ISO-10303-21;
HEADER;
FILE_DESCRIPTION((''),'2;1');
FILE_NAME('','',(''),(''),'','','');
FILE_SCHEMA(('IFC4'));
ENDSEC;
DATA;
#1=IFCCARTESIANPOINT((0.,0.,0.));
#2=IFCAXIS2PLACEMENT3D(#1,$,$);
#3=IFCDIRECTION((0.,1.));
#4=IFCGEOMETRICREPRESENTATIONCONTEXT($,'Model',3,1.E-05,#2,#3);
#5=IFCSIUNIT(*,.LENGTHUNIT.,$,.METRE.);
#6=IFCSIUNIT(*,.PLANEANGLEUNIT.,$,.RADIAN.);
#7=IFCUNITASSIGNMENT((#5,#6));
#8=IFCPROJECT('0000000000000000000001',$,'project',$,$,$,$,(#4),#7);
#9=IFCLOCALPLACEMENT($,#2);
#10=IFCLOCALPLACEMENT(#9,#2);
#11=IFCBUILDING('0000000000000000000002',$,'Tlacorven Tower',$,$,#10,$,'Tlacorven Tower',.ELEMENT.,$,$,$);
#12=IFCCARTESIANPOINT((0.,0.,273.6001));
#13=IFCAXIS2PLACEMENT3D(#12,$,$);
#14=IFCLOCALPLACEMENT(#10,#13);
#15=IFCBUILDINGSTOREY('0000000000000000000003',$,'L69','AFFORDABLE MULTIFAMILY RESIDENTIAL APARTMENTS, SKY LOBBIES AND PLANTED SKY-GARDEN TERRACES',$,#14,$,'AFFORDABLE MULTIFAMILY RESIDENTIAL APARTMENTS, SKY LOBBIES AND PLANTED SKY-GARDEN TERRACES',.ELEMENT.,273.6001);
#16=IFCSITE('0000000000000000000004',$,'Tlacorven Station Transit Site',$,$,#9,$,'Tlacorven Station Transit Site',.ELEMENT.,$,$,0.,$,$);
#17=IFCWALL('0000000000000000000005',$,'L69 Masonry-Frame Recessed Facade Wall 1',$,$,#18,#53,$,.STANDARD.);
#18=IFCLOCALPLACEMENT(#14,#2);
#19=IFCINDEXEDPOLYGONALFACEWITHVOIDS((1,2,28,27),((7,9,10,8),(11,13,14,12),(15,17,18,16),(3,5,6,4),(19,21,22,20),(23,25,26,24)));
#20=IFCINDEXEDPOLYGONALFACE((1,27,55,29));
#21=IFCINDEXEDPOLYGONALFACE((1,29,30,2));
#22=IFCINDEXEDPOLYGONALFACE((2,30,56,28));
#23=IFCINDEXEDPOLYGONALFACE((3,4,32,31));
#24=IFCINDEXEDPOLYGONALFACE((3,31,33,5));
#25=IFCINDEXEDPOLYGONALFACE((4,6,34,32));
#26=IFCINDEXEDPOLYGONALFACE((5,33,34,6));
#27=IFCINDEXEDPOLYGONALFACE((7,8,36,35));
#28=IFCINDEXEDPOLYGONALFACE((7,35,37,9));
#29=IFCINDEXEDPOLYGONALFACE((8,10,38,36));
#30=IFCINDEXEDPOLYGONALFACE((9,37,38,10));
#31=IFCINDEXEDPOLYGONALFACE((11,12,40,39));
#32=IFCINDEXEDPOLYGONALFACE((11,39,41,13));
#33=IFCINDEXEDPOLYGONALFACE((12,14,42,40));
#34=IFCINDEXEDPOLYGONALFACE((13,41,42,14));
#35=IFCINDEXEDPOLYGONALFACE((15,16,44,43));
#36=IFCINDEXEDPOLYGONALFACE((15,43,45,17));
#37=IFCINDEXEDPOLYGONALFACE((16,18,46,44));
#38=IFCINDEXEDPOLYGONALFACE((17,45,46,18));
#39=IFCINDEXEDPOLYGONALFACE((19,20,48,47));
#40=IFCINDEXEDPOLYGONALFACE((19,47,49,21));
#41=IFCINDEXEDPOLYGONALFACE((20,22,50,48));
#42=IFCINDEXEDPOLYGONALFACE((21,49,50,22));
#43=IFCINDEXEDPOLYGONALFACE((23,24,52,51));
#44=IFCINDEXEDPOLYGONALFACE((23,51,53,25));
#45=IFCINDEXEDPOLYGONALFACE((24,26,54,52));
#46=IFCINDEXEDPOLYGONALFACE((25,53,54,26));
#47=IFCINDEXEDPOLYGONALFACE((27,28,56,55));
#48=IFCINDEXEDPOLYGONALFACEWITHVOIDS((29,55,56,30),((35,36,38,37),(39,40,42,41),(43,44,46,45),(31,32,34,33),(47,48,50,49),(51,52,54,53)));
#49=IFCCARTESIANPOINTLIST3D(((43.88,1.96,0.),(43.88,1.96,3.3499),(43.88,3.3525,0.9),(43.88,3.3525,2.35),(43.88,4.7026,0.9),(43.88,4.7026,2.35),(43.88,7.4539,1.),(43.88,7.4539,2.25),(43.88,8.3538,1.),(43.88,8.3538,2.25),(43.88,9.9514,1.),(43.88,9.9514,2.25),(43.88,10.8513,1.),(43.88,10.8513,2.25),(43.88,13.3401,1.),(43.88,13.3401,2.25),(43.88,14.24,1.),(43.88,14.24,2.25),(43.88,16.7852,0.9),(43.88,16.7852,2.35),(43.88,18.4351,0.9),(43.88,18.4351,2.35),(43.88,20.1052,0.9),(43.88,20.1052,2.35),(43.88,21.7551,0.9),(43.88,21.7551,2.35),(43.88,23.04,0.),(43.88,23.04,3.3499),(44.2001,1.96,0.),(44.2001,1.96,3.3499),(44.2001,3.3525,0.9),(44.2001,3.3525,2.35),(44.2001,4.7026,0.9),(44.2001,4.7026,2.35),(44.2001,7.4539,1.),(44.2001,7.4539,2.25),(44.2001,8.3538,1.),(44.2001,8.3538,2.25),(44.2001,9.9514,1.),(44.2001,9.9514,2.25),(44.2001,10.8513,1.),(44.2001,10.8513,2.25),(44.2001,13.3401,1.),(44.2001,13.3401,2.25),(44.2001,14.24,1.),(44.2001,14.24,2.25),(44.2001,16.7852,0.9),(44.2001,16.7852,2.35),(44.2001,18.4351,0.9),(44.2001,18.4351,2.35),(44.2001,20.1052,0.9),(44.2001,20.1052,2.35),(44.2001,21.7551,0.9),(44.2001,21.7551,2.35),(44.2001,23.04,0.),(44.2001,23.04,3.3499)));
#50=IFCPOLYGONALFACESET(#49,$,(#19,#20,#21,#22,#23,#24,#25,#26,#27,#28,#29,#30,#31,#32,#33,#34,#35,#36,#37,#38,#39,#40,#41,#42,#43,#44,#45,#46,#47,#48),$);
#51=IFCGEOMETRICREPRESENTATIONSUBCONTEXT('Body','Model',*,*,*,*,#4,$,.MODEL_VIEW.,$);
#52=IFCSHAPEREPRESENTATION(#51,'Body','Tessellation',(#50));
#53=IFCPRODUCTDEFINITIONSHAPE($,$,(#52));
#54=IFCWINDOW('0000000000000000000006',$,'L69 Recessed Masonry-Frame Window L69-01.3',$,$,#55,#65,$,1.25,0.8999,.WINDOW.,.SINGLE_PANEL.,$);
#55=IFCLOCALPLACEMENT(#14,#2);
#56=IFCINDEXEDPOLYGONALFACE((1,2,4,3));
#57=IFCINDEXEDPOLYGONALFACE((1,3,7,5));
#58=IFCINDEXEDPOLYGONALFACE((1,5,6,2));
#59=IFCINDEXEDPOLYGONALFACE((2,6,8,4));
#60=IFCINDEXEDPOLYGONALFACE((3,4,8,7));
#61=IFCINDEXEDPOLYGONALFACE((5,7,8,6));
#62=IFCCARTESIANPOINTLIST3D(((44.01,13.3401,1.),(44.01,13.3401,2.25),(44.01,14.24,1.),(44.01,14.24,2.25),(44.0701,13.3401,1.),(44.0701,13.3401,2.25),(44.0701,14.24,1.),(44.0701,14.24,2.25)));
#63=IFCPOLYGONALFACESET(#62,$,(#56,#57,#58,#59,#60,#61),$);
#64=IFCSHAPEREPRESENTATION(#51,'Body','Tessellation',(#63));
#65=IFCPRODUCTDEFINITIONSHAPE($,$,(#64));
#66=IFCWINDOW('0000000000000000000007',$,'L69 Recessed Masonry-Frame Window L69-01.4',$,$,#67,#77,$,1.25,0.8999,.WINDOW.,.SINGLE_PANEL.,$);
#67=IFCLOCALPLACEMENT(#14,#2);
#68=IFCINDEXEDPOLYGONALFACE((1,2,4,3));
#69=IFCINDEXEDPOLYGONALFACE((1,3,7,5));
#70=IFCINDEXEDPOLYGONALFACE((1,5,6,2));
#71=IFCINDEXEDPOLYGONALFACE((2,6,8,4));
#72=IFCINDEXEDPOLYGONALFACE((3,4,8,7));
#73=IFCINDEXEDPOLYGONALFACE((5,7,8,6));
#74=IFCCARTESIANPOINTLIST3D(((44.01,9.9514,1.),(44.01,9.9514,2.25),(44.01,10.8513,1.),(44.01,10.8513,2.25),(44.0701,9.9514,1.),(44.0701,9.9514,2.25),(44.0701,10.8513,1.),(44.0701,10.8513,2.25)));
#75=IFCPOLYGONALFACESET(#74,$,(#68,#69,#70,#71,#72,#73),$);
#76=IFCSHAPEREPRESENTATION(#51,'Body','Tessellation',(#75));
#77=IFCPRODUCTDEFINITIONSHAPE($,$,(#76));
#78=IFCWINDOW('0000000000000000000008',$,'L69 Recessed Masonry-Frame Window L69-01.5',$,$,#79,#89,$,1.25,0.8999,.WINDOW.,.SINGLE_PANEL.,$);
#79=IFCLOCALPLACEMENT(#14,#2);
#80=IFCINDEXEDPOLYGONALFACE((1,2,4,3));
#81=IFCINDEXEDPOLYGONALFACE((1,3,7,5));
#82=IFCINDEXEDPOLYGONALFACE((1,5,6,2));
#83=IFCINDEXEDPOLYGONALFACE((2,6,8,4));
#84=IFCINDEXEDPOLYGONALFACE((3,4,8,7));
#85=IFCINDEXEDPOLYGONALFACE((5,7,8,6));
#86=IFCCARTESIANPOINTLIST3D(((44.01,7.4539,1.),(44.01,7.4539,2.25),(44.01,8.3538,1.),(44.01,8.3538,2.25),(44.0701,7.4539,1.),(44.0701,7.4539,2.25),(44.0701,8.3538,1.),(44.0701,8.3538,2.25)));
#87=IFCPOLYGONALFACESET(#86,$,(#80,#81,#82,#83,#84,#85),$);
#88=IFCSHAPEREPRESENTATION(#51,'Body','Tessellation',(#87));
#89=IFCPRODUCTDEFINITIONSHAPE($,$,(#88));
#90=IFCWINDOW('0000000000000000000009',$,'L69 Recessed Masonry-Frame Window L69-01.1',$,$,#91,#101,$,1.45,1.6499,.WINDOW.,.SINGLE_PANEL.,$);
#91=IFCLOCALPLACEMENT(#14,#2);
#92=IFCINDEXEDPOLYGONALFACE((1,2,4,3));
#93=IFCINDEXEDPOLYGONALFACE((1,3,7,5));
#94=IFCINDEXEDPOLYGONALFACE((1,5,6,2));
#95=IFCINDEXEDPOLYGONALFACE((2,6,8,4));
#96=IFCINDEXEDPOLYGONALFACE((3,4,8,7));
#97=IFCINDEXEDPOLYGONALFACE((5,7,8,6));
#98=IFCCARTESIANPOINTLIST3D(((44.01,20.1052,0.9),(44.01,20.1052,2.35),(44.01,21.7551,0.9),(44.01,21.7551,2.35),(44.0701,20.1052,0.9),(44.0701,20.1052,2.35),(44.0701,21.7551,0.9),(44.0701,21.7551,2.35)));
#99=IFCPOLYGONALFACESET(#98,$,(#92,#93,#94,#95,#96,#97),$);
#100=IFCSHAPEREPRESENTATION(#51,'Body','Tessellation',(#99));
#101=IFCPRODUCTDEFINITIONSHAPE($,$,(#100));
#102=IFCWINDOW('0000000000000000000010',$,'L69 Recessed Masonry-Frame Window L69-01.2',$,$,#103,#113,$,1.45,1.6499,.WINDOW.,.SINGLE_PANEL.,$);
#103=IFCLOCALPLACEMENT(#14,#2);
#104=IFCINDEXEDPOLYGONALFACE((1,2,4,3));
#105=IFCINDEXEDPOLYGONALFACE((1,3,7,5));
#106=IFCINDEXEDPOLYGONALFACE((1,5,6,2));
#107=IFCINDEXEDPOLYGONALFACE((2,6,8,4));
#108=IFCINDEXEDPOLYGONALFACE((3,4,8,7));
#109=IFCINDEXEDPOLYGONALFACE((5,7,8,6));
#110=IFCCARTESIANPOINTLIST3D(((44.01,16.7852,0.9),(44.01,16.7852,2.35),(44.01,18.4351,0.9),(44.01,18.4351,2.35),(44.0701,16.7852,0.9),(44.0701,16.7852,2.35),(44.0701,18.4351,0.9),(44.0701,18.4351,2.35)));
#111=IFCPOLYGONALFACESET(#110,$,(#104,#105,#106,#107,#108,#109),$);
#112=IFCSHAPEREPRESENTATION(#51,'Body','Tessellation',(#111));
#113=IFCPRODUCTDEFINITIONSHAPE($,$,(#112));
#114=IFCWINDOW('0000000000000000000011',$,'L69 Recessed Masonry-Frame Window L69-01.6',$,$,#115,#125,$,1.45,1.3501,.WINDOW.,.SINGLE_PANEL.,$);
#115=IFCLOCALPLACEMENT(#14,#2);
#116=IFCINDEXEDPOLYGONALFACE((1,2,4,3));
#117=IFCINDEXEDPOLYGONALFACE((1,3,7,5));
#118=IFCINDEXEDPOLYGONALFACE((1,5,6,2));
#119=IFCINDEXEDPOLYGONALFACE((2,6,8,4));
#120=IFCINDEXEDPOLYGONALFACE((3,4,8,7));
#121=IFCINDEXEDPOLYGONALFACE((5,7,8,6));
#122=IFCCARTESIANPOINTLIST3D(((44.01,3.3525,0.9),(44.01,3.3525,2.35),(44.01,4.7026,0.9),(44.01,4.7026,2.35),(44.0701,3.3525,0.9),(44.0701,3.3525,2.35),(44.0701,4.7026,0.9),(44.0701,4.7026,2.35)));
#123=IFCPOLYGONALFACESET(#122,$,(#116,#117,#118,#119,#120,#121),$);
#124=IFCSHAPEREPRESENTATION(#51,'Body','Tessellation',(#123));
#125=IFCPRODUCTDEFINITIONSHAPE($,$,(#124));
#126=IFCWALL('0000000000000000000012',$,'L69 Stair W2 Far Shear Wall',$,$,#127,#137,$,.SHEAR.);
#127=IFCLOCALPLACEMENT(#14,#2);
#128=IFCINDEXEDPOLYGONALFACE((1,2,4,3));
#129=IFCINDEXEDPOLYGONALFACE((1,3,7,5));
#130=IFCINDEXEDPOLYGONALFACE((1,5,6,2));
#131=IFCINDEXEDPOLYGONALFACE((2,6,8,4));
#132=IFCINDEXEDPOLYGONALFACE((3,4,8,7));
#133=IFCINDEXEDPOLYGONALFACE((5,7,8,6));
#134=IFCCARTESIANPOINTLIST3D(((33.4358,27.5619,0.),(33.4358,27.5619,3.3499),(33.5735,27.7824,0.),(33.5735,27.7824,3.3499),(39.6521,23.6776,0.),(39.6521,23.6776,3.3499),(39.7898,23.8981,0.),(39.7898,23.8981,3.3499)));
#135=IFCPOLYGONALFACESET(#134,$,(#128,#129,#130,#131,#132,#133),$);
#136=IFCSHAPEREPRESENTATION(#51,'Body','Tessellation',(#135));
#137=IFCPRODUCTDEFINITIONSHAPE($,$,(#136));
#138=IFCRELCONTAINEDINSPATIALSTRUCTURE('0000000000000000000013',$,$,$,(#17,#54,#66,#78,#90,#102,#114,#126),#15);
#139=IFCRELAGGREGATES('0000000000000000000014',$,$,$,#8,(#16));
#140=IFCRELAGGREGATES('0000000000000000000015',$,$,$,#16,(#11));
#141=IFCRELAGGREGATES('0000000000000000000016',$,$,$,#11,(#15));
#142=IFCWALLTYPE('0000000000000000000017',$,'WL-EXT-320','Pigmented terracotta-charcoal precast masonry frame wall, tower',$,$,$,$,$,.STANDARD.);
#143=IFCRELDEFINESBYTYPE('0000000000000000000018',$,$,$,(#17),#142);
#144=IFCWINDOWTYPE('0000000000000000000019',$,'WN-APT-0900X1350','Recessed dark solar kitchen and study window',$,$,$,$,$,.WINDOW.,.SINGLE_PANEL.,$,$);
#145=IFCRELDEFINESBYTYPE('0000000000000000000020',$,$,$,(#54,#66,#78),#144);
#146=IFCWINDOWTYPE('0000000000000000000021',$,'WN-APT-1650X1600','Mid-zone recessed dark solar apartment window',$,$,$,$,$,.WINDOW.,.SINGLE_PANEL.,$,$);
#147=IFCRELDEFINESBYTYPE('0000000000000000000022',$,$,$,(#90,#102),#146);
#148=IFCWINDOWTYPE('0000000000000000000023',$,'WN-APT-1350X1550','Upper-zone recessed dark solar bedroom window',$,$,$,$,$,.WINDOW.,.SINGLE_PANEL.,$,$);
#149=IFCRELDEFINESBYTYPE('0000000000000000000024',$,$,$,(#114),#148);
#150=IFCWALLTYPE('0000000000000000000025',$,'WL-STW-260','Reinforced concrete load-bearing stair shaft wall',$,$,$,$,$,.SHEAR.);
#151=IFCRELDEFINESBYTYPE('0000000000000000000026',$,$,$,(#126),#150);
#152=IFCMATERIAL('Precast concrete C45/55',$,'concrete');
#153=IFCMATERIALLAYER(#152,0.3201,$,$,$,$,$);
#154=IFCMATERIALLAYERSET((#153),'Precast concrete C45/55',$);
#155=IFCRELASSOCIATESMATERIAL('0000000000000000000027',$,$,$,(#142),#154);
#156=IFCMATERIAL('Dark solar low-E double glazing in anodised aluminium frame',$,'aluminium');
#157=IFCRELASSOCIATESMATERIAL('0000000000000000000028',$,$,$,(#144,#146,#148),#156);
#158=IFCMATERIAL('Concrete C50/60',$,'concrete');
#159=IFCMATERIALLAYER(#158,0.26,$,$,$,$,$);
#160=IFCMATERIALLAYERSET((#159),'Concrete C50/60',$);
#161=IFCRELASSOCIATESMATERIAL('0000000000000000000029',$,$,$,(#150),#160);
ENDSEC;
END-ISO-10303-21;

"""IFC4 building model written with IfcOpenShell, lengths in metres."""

from ifc_helpers import new_model, si_unit, direction, frame, frame_2d, origin, place, context, subcontext, project, spatial, rectangle, extrude, source, transform, mapped, material, layer, layer_set, type_object, element, fill, save


model = new_model("IFC4")

# Units and contexts
model_context = context("Model", 3, precision=1e-05, world=origin(), true_north=direction((0.0, 1.0)))
body_context = subcontext(model_context, "Body", "Model", "MODEL_VIEW")
ifc_project = project(units=[si_unit("LENGTHUNIT", "METRE"), si_unit("PLANEANGLEUNIT", "RADIAN")], contexts=[model_context])

# Site, building, storey
site_placement = place(None, origin())
site = spatial("IfcSite", under=ifc_project, at=site_placement, Name="Tlacorven Station Transit Site", LongName="Tlacorven Station Transit Site", CompositionType="ELEMENT", RefElevation=0.0)
building_placement = place(site_placement, origin())
building = spatial("IfcBuilding", under=site, at=building_placement, Name="Tlacorven Tower", LongName="Tlacorven Tower", CompositionType="ELEMENT")
storey_placement = place(building_placement, frame((0.0, 0.0, 273.6001)))
storey = spatial("IfcBuildingStorey", under=building, at=storey_placement, Name="L69", Description="AFFORDABLE MULTIFAMILY RESIDENTIAL APARTMENTS, SKY LOBBIES AND PLANTED SKY-GARDEN TERRACES", LongName="AFFORDABLE MULTIFAMILY RESIDENTIAL APARTMENTS, SKY LOBBIES AND PLANTED SKY-GARDEN TERRACES", CompositionType="ELEMENT", Elevation=273.6001)

# Shared definitions
ifc_material_1 = material(Name="Concrete C50/60", Category="concrete")

# Wall, openings, windows
ifc_material_2 = material(Name="Precast concrete C45/55", Category="concrete")
ifc_layer_1 = layer(ifc_material_2, 0.3201)
ifc_layer_set_1 = layer_set([ifc_layer_1], Name="Precast concrete C45/55")
wall_type_1 = type_object("IfcWallType", Name="WL-EXT-320", Description="Pigmented terracotta-charcoal precast masonry frame wall, tower", PredefinedType="STANDARD", material=ifc_layer_set_1)
wall_1_placement = place(storey_placement, frame((44.04, 23.04, 0.0), z_axis=(0.0, 0.0, 1.0), x_axis=(0.0, -1.0, 0.0)))
wall_1 = element("IfcWall", 1, at=wall_1_placement, inside=storey, type_object=wall_type_1, Name="L69 Masonry-Frame Recessed Facade Wall 1", PredefinedType="STANDARD", context=body_context, shape_type="SweptSolid", body=[
    extrude(rectangle(XDim=21.0801, YDim=0.3201, at=frame_2d((10.54, 0.0))), origin(), (0.0, 0.0, 1.0), 3.3499),
])
opening_1_placement = place(wall_1_placement, frame((1.2849, 0.0, 0.8999)))
opening_1 = element("IfcOpeningElement", 2, at=opening_1_placement, cuts=wall_1, PredefinedType="OPENING", context=body_context, shape_type="SweptSolid", body=[
    extrude(rectangle(XDim=1.6499, YDim=1.45, at=frame_2d((0.825, 0.7251))), frame((0.0, 0.1699, 0.0), z_axis=(0.0, -1.0, 0.0), x_axis=(1.0, 0.0, 0.0)), (0.0, 0.0, 1.0), 0.3401),
])
opening_2_placement = place(wall_1_placement, frame((4.605, 0.0, 0.8999)))
opening_2 = element("IfcOpeningElement", 3, at=opening_2_placement, cuts=wall_1, PredefinedType="OPENING", context=body_context, shape_type="SweptSolid", body=[
    extrude(rectangle(XDim=1.6499, YDim=1.45, at=frame_2d((0.825, 0.7251))), frame((0.0, 0.1699, 0.0), z_axis=(0.0, -1.0, 0.0), x_axis=(1.0, 0.0, 0.0)), (0.0, 0.0, 1.0), 0.3401),
])
opening_3_placement = place(wall_1_placement, frame((8.8, 0.0, 1.0)))
opening_3 = element("IfcOpeningElement", 4, at=opening_3_placement, cuts=wall_1, PredefinedType="OPENING", context=body_context, shape_type="SweptSolid", body=[
    extrude(rectangle(XDim=0.8999, YDim=1.25, at=frame_2d((0.45, 0.625))), frame((0.0, 0.1699, 0.0), z_axis=(0.0, -1.0, 0.0), x_axis=(1.0, 0.0, 0.0)), (0.0, 0.0, 1.0), 0.3401),
])
opening_4_placement = place(wall_1_placement, frame((12.1887, 0.0, 1.0)))
opening_4 = element("IfcOpeningElement", 5, at=opening_4_placement, cuts=wall_1, PredefinedType="OPENING", context=body_context, shape_type="SweptSolid", body=[
    extrude(rectangle(XDim=0.8999, YDim=1.25, at=frame_2d((0.45, 0.625))), frame((0.0, 0.1699, 0.0), z_axis=(0.0, -1.0, 0.0), x_axis=(1.0, 0.0, 0.0)), (0.0, 0.0, 1.0), 0.3401),
])
opening_5_placement = place(wall_1_placement, frame((14.6863, 0.0, 1.0)))
opening_5 = element("IfcOpeningElement", 6, at=opening_5_placement, cuts=wall_1, PredefinedType="OPENING", context=body_context, shape_type="SweptSolid", body=[
    extrude(rectangle(XDim=0.8999, YDim=1.25, at=frame_2d((0.45, 0.625))), frame((0.0, 0.1699, 0.0), z_axis=(0.0, -1.0, 0.0), x_axis=(1.0, 0.0, 0.0)), (0.0, 0.0, 1.0), 0.3401),
])
opening_6_placement = place(wall_1_placement, frame((18.3374, 0.0, 0.8999)))
opening_6 = element("IfcOpeningElement", 7, at=opening_6_placement, cuts=wall_1, PredefinedType="OPENING", context=body_context, shape_type="SweptSolid", body=[
    extrude(rectangle(XDim=1.3501, YDim=1.45, at=frame_2d((0.675, 0.7251))), frame((0.0, 0.1699, 0.0), z_axis=(0.0, -1.0, 0.0), x_axis=(1.0, 0.0, 0.0)), (0.0, 0.0, 1.0), 0.3401),
])
ifc_material_3 = material(Name="Dark solar low-E double glazing in anodised aluminium frame", Category="aluminium")
window_type_1 = type_object("IfcWindowType", Name="WN-APT-0900X1350", Description="Recessed dark solar kitchen and study window", PartitioningType="SINGLE_PANEL", PredefinedType="WINDOW", material=ifc_material_3)
shared_shape_1 = source(origin(), body_context, "Body", "SweptSolid", [
    extrude(rectangle(XDim=0.8999, YDim=1.25, at=frame_2d((0.45, 0.625))), frame((0.0, 0.03, 0.0), z_axis=(0.0, -1.0, 0.0), x_axis=(1.0, 0.0, 0.0)), (0.0, 0.0, 1.0), 0.0601),
])
window_1_placement = place(opening_3_placement, origin())
window_1 = element("IfcWindow", 8, at=window_1_placement, inside=storey, type_object=window_type_1, Name="L69 Recessed Masonry-Frame Window L69-01.3", OverallHeight=1.25, OverallWidth=0.8999, PartitioningType="SINGLE_PANEL", PredefinedType="WINDOW", context=body_context, shape_type="MappedRepresentation", body=[
    mapped(shared_shape_1, transform((0.0, 0.0, 0.0), scale=1.0)),
])
fill(opening_3, window_1)
window_2_placement = place(opening_4_placement, origin())
window_2 = element("IfcWindow", 9, at=window_2_placement, inside=storey, type_object=window_type_1, Name="L69 Recessed Masonry-Frame Window L69-01.4", OverallHeight=1.25, OverallWidth=0.8999, PartitioningType="SINGLE_PANEL", PredefinedType="WINDOW", context=body_context, shape_type="MappedRepresentation", body=[
    mapped(shared_shape_1, transform((0.0, 0.0, 0.0), scale=1.0)),
])
fill(opening_4, window_2)
window_3_placement = place(opening_5_placement, origin())
window_3 = element("IfcWindow", 10, at=window_3_placement, inside=storey, type_object=window_type_1, Name="L69 Recessed Masonry-Frame Window L69-01.5", OverallHeight=1.25, OverallWidth=0.8999, PartitioningType="SINGLE_PANEL", PredefinedType="WINDOW", context=body_context, shape_type="MappedRepresentation", body=[
    mapped(shared_shape_1, transform((0.0, 0.0, 0.0), scale=1.0)),
])
fill(opening_5, window_3)
window_type_2 = type_object("IfcWindowType", Name="WN-APT-1650X1600", Description="Mid-zone recessed dark solar apartment window", PartitioningType="SINGLE_PANEL", PredefinedType="WINDOW", material=ifc_material_3)
shared_shape_2 = source(origin(), body_context, "Body", "SweptSolid", [
    extrude(rectangle(XDim=1.6499, YDim=1.45, at=frame_2d((0.825, 0.7251))), frame((0.0, 0.03, 0.0), z_axis=(0.0, -1.0, 0.0), x_axis=(1.0, 0.0, 0.0)), (0.0, 0.0, 1.0), 0.0601),
])
window_4_placement = place(opening_1_placement, origin())
window_4 = element("IfcWindow", 11, at=window_4_placement, inside=storey, type_object=window_type_2, Name="L69 Recessed Masonry-Frame Window L69-01.1", OverallHeight=1.45, OverallWidth=1.6499, PartitioningType="SINGLE_PANEL", PredefinedType="WINDOW", context=body_context, shape_type="MappedRepresentation", body=[
    mapped(shared_shape_2, transform((0.0, 0.0, 0.0), scale=1.0)),
])
fill(opening_1, window_4)
window_5_placement = place(opening_2_placement, origin())
window_5 = element("IfcWindow", 12, at=window_5_placement, inside=storey, type_object=window_type_2, Name="L69 Recessed Masonry-Frame Window L69-01.2", OverallHeight=1.45, OverallWidth=1.6499, PartitioningType="SINGLE_PANEL", PredefinedType="WINDOW", context=body_context, shape_type="MappedRepresentation", body=[
    mapped(shared_shape_2, transform((0.0, 0.0, 0.0), scale=1.0)),
])
fill(opening_2, window_5)
window_type_3 = type_object("IfcWindowType", Name="WN-APT-1350X1550", Description="Upper-zone recessed dark solar bedroom window", PartitioningType="SINGLE_PANEL", PredefinedType="WINDOW", material=ifc_material_3)
shared_shape_3 = source(origin(), body_context, "Body", "SweptSolid", [
    extrude(rectangle(XDim=1.3501, YDim=1.45, at=frame_2d((0.675, 0.7251))), frame((0.0, 0.03, 0.0), z_axis=(0.0, -1.0, 0.0), x_axis=(1.0, 0.0, 0.0)), (0.0, 0.0, 1.0), 0.0601),
])
window_6_placement = place(opening_6_placement, origin())
window_6 = element("IfcWindow", 13, at=window_6_placement, inside=storey, type_object=window_type_3, Name="L69 Recessed Masonry-Frame Window L69-01.6", OverallHeight=1.45, OverallWidth=1.3501, PartitioningType="SINGLE_PANEL", PredefinedType="WINDOW", context=body_context, shape_type="MappedRepresentation", body=[
    mapped(shared_shape_3, transform((0.0, 0.0, 0.0), scale=1.0)),
])
fill(opening_6, window_6)

# Wall
ifc_layer_2 = layer(ifc_material_1, 0.26)
ifc_layer_set_2 = layer_set([ifc_layer_2], Name="Concrete C50/60")
wall_type_2 = type_object("IfcWallType", Name="WL-STW-260", Description="Reinforced concrete load-bearing stair shaft wall", PredefinedType="SHEAR", material=ifc_layer_set_2)
wall_2_placement = place(storey_placement, frame((39.7209, 23.7878, 0.0), z_axis=(0.0, 0.0, 1.0), x_axis=(-0.848054, 0.529909, 0.0)))
element("IfcWall", 14, at=wall_2_placement, inside=storey, type_object=wall_type_2, Name="L69 Stair W2 Far Shear Wall", PredefinedType="SHEAR", context=body_context, shape_type="SweptSolid", body=[
    extrude(rectangle(XDim=7.3301, YDim=0.26, at=frame_2d((3.665, 0.0))), origin(), (0.0, 0.0, 1.0), 3.3499),
])

save(model, "model.ifc")
